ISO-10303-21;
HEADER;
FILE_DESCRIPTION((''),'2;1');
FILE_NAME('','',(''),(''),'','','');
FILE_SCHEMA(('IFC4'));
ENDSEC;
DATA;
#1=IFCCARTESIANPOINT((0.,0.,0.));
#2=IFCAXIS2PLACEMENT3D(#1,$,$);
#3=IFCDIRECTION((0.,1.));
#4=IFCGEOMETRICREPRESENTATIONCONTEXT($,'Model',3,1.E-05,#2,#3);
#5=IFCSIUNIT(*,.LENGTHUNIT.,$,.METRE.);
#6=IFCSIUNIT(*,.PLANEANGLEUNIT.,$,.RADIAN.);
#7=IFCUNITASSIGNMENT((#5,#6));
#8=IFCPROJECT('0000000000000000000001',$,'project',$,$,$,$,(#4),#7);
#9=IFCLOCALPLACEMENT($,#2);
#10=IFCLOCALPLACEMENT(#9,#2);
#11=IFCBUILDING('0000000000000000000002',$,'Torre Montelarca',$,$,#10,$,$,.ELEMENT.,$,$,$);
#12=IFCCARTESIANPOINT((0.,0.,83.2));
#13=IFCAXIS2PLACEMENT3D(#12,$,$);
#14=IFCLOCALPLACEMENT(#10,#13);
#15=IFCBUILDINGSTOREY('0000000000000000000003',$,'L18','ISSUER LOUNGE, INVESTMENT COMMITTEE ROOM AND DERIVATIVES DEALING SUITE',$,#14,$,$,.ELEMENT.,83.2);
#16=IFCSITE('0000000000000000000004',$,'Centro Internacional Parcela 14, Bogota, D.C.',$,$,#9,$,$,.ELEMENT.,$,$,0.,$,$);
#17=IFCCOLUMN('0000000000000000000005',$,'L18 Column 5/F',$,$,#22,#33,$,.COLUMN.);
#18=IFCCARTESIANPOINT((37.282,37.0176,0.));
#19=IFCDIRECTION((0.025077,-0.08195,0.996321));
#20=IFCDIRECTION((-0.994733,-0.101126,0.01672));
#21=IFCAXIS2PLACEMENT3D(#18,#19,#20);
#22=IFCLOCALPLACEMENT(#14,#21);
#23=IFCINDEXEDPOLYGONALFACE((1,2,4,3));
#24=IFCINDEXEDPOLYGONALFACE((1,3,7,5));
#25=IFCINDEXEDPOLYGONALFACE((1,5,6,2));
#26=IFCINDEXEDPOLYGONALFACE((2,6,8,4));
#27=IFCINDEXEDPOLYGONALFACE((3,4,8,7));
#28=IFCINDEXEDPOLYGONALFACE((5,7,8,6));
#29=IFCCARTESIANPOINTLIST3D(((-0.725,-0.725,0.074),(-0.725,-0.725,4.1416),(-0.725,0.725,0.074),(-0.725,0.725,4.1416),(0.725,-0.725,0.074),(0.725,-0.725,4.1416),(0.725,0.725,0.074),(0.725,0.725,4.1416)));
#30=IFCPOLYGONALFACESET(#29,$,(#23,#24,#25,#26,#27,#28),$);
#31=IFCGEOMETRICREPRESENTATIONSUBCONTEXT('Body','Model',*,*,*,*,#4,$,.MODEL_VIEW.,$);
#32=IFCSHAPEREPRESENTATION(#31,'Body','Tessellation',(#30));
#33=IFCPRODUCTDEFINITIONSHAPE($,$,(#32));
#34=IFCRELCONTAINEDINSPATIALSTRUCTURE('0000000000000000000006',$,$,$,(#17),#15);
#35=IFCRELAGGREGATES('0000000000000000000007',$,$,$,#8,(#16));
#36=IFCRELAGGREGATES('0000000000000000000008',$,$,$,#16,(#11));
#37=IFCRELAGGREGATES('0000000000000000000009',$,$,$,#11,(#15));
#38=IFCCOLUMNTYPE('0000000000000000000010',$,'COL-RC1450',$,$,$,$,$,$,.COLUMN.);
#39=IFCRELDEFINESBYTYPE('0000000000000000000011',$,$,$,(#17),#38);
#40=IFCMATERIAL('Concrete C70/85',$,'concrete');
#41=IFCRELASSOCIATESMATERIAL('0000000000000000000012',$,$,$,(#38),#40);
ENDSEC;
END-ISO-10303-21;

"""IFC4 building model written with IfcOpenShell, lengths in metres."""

from ifc_helpers import new_model, si_unit, direction, frame, origin, origin_2d, place, context, subcontext, project, spatial, rectangle, extrude, clip, halfspace, material, material_profile, profile_set, type_object, element, save


model = new_model("IFC4")

# Units and contexts
model_context = context("Model", 3, precision=1e-05, world=origin(), true_north=direction((0.0, 1.0)))
body_context = subcontext(model_context, "Body", "Model", "MODEL_VIEW")
ifc_project = project(units=[si_unit("LENGTHUNIT", "METRE"), si_unit("PLANEANGLEUNIT", "RADIAN")], contexts=[model_context])

# Site, building, storey
site_placement = place(None, origin())
site = spatial("IfcSite", under=ifc_project, at=site_placement, Name="Centro Internacional Parcela 14, Bogota, D.C.", CompositionType="ELEMENT", RefElevation=0.0)
building_placement = place(site_placement, origin())
building = spatial("IfcBuilding", under=site, at=building_placement, Name="Torre Montelarca", CompositionType="ELEMENT")
storey_placement = place(building_placement, frame((0.0, 0.0, 83.2)))
storey = spatial("IfcBuildingStorey", under=building, at=storey_placement, Name="L18", Description="ISSUER LOUNGE, INVESTMENT COMMITTEE ROOM AND DERIVATIVES DEALING SUITE", CompositionType="ELEMENT", Elevation=83.2)

# Column
ifc_material_1 = material(Name="Concrete C70/85", Category="concrete")
ifc_material_profile_1 = material_profile(ifc_material_1, rectangle(XDim=1.45, YDim=1.45, at=origin_2d()), Name="RC1450X1450", Category="concrete")
ifc_profile_set_1 = profile_set([ifc_material_profile_1], Name="Concrete C70/85")
column_type_1 = type_object("IfcColumnType", Name="COL-RC1450", PredefinedType="COLUMN", material=ifc_profile_set_1)
column_1_placement = place(storey_placement, frame((37.282, 37.0176, 0.0), z_axis=(0.025077, -0.08195, 0.996321), x_axis=(-0.994733, -0.101126, 0.01672)))
element("IfcColumn", 1, at=column_1_placement, inside=storey, type_object=column_type_1, Name="L18 Column 5/F", PredefinedType="COLUMN", context=body_context, shape_type="Clipping", body=[
    clip(clip(extrude(rectangle(XDim=1.45, YDim=1.45, at=origin_2d()), origin(), (0.0, 0.0, 1.0), 4.2156), halfspace(frame((0.0, 0.0, 0.074), z_axis=(0.0, 0.0, -1.0), x_axis=(1.0, 0.0, 0.0)), False)), halfspace(frame((0.0, 0.0, 4.1416), z_axis=(0.0, 0.0, 1.0), x_axis=(1.0, 0.0, 0.0)), False)),
])

save(model, "model.ifc")
